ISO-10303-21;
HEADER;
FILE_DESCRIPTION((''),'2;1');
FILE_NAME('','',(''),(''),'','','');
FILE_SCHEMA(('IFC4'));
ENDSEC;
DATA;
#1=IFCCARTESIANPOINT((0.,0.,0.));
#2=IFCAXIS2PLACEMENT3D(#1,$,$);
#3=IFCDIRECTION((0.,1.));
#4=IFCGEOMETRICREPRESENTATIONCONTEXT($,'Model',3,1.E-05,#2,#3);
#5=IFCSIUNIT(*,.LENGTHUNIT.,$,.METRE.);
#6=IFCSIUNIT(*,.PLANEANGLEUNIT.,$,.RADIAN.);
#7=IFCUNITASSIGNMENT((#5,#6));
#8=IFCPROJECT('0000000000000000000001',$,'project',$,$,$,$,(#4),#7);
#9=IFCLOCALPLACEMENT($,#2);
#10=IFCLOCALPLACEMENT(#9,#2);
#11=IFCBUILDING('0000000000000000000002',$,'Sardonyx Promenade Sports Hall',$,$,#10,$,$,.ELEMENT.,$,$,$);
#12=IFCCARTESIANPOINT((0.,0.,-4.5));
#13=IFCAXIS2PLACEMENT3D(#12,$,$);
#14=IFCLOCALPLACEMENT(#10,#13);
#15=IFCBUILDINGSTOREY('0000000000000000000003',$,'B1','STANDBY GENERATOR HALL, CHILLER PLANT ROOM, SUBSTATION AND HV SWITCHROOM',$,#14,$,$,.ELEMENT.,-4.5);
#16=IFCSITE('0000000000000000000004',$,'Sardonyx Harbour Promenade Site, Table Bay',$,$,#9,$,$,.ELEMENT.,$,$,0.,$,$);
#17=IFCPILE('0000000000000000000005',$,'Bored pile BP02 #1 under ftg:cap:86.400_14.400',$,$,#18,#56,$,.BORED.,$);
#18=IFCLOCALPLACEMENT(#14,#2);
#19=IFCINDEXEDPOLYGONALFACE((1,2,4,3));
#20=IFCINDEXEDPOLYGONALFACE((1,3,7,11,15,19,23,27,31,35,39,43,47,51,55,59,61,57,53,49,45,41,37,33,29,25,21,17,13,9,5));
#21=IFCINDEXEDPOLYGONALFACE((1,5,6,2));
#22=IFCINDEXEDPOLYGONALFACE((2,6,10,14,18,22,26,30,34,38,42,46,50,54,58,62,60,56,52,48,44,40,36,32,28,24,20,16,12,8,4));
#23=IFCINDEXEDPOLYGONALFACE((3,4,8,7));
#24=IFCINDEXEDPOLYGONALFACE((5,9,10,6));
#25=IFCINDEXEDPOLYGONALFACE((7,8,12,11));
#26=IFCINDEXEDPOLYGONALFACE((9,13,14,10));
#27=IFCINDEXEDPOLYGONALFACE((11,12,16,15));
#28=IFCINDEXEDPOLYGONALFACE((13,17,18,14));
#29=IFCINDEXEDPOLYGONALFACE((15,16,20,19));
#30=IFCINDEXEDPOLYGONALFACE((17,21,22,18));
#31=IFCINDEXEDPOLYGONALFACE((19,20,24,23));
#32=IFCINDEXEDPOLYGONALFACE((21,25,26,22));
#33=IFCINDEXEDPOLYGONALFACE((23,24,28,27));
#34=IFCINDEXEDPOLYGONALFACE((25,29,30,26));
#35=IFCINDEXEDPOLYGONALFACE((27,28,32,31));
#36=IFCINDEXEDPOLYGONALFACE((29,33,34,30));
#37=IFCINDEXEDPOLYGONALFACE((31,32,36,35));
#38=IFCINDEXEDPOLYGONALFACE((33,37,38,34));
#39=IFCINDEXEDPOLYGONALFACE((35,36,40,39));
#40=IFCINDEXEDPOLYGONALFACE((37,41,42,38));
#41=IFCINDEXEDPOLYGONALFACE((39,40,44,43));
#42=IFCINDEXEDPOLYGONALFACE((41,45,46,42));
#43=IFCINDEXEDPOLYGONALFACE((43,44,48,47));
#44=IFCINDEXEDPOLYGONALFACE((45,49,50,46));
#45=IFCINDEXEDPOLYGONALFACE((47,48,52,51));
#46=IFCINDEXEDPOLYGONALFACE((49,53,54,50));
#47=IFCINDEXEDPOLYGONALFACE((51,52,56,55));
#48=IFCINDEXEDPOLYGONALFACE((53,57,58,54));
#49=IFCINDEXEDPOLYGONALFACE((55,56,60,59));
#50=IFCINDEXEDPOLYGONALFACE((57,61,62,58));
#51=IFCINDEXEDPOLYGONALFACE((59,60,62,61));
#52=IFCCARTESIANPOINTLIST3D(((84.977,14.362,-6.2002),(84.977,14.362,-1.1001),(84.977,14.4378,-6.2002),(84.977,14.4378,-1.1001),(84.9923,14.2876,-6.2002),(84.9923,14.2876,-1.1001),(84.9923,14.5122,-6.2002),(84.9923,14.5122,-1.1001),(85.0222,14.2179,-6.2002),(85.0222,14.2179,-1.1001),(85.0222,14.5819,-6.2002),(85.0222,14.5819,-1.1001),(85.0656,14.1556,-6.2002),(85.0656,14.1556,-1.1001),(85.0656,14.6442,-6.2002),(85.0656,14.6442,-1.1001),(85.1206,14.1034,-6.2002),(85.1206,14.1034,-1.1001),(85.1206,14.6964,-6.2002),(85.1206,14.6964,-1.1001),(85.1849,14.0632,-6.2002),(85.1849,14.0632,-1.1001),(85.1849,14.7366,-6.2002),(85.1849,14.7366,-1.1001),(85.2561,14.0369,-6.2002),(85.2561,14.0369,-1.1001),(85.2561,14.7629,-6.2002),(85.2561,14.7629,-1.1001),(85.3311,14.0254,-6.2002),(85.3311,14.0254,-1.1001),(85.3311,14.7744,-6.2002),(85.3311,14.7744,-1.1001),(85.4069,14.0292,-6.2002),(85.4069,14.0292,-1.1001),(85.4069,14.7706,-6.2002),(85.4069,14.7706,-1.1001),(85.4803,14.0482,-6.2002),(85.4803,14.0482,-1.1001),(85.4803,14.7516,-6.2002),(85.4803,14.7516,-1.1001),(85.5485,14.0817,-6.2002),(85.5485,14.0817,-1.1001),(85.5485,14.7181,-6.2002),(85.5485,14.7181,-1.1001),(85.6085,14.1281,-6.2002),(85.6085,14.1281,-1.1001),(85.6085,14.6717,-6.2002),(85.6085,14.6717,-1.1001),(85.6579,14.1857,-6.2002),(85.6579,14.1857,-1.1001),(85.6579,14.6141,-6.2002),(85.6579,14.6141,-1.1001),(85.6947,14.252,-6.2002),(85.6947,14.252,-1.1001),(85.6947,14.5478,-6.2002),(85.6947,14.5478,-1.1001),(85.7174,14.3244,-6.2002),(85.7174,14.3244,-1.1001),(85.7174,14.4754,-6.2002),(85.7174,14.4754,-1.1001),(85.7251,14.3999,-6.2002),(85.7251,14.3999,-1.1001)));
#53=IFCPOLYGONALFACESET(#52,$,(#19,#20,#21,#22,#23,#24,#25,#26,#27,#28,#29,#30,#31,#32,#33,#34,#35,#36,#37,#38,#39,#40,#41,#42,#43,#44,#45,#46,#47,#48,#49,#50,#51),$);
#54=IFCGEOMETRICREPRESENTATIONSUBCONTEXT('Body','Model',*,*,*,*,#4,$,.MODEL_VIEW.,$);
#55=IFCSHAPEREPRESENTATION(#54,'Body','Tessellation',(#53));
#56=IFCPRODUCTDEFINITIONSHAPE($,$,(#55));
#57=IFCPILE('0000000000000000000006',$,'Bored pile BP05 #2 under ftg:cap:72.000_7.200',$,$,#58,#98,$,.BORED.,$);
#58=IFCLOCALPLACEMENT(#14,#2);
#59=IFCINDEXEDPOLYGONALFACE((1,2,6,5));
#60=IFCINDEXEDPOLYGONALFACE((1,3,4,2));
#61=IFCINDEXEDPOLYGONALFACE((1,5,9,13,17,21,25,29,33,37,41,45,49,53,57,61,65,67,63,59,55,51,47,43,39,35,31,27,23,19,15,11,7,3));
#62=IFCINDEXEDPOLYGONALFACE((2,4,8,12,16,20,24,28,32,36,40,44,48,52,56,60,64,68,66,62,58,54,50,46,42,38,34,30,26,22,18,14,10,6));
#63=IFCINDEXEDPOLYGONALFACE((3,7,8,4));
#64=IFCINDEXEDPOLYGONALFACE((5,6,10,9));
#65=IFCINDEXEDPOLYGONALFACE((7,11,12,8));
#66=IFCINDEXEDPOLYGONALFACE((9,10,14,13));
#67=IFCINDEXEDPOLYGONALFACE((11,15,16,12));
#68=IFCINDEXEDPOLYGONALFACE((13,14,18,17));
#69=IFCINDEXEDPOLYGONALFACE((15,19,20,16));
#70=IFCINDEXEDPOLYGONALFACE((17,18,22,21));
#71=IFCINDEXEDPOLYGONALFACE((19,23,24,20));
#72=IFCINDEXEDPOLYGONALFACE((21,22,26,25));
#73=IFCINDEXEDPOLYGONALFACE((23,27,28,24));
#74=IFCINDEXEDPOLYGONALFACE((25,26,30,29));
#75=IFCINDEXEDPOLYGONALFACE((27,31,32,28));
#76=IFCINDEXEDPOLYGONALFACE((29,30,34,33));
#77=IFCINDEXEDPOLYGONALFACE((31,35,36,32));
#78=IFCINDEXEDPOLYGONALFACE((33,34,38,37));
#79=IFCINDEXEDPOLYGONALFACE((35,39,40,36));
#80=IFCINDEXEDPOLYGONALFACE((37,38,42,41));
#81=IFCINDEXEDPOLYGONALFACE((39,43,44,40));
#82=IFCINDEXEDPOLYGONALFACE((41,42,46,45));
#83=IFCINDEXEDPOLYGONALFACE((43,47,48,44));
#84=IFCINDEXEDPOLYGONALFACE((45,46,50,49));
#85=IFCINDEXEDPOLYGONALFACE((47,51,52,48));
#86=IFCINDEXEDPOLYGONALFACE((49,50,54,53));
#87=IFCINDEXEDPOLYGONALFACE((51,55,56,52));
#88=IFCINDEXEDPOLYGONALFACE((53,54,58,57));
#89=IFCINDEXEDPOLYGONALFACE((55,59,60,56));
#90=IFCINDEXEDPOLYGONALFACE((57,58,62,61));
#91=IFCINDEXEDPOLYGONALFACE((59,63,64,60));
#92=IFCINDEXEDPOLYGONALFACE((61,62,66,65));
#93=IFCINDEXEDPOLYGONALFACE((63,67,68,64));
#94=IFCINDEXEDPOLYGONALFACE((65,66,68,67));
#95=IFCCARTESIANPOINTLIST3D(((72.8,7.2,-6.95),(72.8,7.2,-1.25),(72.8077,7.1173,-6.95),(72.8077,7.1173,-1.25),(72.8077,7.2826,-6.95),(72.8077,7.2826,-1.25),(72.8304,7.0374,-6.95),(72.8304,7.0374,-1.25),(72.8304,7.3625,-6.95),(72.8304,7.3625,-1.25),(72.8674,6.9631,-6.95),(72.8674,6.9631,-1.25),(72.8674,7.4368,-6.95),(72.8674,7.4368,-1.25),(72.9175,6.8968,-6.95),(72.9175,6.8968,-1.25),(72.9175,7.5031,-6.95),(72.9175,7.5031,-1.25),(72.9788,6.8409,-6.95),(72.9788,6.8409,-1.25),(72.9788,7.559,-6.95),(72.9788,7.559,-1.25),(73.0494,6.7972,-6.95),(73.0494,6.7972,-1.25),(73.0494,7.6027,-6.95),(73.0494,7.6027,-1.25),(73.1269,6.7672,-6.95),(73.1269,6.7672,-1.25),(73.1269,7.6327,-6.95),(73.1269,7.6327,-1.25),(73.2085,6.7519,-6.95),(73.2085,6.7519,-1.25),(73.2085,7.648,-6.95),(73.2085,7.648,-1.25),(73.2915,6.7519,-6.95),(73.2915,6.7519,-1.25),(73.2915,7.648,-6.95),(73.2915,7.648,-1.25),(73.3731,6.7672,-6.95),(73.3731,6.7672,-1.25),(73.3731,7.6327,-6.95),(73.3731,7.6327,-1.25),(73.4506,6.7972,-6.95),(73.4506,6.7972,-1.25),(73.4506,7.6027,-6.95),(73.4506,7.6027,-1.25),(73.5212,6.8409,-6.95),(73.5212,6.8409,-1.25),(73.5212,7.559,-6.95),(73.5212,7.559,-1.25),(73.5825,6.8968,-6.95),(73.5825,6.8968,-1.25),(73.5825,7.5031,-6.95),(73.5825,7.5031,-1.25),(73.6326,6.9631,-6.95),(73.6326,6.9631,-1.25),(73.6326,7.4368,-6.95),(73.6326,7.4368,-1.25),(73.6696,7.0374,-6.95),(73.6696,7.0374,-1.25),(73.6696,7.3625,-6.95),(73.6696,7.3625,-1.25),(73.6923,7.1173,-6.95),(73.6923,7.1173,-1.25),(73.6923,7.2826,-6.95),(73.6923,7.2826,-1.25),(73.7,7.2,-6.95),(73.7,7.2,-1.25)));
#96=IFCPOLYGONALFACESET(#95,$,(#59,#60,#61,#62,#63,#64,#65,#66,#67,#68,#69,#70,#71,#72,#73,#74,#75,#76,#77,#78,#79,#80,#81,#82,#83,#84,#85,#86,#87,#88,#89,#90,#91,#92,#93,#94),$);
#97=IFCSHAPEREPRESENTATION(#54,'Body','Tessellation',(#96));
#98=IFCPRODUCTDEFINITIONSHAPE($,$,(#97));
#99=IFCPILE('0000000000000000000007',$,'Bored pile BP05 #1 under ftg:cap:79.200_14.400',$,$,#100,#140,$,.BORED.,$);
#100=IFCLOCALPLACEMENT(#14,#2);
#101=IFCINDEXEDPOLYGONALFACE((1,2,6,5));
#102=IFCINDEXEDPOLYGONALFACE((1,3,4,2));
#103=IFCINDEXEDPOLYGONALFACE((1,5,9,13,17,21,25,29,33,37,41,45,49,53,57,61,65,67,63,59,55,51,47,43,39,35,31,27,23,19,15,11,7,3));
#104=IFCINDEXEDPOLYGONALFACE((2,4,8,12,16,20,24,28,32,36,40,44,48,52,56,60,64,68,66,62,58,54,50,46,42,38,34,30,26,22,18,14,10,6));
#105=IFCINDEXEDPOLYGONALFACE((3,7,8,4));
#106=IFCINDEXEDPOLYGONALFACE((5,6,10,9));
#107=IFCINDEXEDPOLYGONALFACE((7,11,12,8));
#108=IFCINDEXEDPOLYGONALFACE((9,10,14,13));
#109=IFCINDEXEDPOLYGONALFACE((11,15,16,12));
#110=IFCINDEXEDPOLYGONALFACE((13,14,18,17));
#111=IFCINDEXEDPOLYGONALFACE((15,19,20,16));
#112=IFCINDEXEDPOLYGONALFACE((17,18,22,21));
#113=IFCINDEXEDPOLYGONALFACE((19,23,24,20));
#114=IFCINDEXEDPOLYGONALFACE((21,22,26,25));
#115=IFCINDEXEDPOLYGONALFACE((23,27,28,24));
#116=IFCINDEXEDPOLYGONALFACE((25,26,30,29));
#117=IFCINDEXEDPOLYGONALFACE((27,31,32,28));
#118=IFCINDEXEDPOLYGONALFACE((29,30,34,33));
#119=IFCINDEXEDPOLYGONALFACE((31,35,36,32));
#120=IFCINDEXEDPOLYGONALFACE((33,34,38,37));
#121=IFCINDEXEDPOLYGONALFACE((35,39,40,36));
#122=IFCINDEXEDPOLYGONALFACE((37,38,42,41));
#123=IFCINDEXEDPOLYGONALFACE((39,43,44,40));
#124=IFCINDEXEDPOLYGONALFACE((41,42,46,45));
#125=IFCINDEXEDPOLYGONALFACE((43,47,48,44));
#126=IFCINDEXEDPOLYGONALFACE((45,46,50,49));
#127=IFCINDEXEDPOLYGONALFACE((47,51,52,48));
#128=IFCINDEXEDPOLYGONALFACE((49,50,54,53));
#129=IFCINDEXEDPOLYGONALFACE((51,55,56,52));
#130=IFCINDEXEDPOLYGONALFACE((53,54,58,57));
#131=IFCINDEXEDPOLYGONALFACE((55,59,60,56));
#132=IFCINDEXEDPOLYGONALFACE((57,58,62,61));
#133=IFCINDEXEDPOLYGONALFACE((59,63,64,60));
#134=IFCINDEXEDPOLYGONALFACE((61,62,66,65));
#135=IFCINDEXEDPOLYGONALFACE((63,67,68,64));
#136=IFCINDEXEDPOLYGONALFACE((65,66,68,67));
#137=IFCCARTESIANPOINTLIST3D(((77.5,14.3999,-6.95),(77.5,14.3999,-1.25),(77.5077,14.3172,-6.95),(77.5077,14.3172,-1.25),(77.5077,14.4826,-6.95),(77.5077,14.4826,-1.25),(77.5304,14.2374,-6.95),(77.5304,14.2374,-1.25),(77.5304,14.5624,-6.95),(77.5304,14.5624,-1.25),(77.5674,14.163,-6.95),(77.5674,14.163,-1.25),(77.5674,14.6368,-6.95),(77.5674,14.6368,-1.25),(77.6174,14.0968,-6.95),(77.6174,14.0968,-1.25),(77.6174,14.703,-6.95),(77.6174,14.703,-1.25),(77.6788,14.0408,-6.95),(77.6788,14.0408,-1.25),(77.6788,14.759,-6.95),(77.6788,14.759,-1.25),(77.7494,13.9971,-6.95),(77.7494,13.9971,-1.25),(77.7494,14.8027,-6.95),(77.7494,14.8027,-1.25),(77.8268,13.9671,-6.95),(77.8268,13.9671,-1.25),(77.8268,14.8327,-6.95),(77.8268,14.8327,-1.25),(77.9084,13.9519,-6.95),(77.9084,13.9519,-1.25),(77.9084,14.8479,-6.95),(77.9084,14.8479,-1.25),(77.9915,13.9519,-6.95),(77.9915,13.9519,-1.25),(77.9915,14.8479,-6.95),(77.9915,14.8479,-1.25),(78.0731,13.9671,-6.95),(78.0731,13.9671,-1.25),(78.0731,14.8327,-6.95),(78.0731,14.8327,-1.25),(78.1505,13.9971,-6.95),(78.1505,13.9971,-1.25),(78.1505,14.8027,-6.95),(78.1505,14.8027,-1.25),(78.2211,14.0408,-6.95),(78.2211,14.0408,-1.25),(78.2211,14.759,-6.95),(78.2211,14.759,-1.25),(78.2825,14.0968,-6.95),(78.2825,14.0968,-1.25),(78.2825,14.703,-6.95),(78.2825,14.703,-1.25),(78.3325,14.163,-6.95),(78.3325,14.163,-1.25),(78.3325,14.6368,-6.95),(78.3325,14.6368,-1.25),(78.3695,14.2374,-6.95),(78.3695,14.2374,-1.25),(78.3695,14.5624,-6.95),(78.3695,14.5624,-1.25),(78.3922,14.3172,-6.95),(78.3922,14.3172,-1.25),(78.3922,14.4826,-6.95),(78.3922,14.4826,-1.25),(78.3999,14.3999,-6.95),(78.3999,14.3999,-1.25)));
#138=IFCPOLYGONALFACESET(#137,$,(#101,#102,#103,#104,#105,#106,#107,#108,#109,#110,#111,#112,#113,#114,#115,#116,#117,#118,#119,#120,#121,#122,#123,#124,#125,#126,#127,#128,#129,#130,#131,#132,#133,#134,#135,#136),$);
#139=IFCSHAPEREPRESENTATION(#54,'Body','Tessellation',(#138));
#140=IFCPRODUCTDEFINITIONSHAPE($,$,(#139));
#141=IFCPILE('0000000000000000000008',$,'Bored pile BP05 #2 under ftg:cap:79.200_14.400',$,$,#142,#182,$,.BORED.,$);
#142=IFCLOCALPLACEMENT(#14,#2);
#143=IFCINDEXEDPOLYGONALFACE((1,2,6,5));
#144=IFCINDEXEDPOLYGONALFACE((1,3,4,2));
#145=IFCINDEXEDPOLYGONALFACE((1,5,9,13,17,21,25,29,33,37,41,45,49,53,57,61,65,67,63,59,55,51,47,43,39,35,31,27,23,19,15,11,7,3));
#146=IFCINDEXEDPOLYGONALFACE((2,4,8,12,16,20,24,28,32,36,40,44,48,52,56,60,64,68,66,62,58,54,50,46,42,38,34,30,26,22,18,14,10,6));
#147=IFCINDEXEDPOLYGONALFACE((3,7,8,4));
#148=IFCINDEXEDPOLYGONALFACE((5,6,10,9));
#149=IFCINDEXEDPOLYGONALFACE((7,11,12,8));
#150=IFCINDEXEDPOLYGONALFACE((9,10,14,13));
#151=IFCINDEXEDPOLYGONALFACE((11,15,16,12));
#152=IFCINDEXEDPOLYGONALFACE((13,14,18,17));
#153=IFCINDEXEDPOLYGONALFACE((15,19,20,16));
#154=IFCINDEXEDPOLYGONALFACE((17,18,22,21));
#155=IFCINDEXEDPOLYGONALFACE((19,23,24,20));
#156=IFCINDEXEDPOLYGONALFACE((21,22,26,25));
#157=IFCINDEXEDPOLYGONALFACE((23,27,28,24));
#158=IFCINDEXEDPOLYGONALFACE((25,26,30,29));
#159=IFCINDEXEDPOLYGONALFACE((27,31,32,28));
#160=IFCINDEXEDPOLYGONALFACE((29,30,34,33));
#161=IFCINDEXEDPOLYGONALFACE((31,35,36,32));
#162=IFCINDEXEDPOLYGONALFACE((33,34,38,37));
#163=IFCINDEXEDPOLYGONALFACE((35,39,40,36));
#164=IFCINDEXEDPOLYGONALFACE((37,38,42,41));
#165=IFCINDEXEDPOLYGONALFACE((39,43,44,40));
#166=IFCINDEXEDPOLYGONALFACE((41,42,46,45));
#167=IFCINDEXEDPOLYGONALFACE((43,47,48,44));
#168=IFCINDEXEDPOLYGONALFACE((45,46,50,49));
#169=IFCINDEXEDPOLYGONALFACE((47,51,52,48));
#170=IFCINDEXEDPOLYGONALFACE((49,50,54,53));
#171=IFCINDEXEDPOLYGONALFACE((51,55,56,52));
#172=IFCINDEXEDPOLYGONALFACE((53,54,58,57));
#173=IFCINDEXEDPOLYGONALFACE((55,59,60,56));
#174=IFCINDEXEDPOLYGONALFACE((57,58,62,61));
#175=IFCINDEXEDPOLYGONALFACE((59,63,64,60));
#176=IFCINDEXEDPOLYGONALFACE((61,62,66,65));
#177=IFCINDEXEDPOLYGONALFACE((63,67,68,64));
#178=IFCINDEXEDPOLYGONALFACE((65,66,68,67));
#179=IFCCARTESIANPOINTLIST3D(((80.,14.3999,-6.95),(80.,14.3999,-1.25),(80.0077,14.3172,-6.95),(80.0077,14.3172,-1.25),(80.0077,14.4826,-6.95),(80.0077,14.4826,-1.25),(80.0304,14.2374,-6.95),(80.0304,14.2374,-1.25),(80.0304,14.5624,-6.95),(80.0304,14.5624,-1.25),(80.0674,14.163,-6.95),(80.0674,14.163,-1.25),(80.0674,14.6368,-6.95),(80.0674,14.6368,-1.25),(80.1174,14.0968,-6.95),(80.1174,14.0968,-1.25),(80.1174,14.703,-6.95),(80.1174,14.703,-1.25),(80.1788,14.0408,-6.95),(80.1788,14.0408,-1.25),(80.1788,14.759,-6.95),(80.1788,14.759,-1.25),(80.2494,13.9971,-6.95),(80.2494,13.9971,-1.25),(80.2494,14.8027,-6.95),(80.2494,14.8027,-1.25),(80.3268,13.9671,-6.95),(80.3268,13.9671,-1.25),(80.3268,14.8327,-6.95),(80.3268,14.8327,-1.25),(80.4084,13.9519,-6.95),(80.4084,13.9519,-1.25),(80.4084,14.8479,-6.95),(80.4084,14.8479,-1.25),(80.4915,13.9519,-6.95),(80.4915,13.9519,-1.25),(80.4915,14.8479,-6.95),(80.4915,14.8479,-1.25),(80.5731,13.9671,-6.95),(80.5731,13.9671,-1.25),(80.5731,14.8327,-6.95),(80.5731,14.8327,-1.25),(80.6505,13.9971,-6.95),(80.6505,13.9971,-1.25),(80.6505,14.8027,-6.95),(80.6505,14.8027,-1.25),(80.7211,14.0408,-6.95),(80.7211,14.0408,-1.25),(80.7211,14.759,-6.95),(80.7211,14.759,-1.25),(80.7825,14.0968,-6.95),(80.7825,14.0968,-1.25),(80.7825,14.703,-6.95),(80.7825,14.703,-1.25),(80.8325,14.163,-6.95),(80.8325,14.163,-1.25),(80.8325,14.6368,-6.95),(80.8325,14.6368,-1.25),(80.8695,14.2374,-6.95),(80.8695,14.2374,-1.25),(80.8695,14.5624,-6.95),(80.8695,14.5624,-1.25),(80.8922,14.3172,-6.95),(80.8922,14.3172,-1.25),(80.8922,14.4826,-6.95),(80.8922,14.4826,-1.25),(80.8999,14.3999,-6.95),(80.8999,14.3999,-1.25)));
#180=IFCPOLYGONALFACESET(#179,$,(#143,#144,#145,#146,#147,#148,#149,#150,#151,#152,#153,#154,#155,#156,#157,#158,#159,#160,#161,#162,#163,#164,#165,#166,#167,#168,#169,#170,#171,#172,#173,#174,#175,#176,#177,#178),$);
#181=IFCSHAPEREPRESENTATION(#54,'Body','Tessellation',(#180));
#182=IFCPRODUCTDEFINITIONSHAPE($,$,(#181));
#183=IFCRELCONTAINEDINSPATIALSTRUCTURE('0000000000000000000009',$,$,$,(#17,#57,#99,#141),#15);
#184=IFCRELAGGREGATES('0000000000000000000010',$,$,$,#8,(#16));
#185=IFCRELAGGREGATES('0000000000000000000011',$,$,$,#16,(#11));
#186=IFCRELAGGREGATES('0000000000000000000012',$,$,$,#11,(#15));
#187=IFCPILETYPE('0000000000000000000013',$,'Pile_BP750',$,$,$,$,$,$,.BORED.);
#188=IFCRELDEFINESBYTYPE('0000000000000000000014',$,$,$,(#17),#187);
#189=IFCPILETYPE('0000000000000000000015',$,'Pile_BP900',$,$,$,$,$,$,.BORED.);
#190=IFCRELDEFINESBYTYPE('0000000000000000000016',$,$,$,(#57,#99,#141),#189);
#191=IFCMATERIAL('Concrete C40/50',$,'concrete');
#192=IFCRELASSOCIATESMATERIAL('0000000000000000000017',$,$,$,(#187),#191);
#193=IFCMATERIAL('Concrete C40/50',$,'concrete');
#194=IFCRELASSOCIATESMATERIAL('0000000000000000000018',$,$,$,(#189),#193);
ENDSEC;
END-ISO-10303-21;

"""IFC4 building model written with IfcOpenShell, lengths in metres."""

from ifc_helpers import new_model, si_unit, direction, frame, origin, origin_2d, place, context, subcontext, project, spatial, circle, extrude, material, material_profile, profile_set, type_object, element, save


model = new_model("IFC4")

# Units and contexts
model_context = context("Model", 3, precision=1e-05, world=origin(), true_north=direction((0.0, 1.0)))
body_context = subcontext(model_context, "Body", "Model", "MODEL_VIEW")
ifc_project = project(units=[si_unit("LENGTHUNIT", "METRE"), si_unit("PLANEANGLEUNIT", "RADIAN")], contexts=[model_context])

# Site, building, storey
site_placement = place(None, origin())
site = spatial("IfcSite", under=ifc_project, at=site_placement, Name="Sardonyx Harbour Promenade Site, Table Bay", CompositionType="ELEMENT", RefElevation=0.0)
building_placement = place(site_placement, origin())
building = spatial("IfcBuilding", under=site, at=building_placement, Name="Sardonyx Promenade Sports Hall", CompositionType="ELEMENT")
storey_placement = place(building_placement, frame((0.0, 0.0, -4.5)))
storey = spatial("IfcBuildingStorey", under=building, at=storey_placement, Name="B1", Description="STANDBY GENERATOR HALL, CHILLER PLANT ROOM, SUBSTATION AND HV SWITCHROOM", CompositionType="ELEMENT", Elevation=-4.5)

# Piles
ifc_material_1 = material(Name="Concrete C40/50", Category="concrete")
ifc_material_profile_1 = material_profile(ifc_material_1, circle(Radius=0.375, at=origin_2d()))
ifc_profile_set_1 = profile_set([ifc_material_profile_1], Name="Concrete C40/50")
pile_type_1 = type_object("IfcPileType", Name="Pile_BP750", PredefinedType="BORED", material=ifc_profile_set_1)
for number, where, z_axis, x_axis, name in (
    (1, (85.3501, 14.3999, -1.1001), (0.0, 0.0, -1.0), (1.0, 0.0, 0.0), "Bored pile BP02 #1 under ftg:cap:86.400_14.400"),
):
    element("IfcPile", number, at=place(storey_placement, frame(where, z_axis=z_axis, x_axis=x_axis)), inside=storey, type_object=pile_type_1, Name=name, PredefinedType="BORED", context=body_context, shape_type="SweptSolid", body=[
        extrude(circle(Radius=0.375, at=origin_2d()), origin(), (0.0, 0.0, 1.0), 5.1001),
    ])
ifc_material_2 = material(Name="Concrete C40/50", Category="concrete")
ifc_material_profile_2 = material_profile(ifc_material_2, circle(Radius=0.45, at=origin_2d()))
ifc_profile_set_2 = profile_set([ifc_material_profile_2], Name="Concrete C40/50")
pile_type_2 = type_object("IfcPileType", Name="Pile_BP900", PredefinedType="BORED", material=ifc_profile_set_2)
for number, where, z_axis, x_axis, name in (
    (2, (73.25, 7.2, -1.25), (0.0, 0.0, -1.0), (1.0, 0.0, 0.0), "Bored pile BP05 #2 under ftg:cap:72.000_7.200"),
    (3, (77.95, 14.3999, -1.25), (0.0, 0.0, -1.0), (1.0, 0.0, 0.0), "Bored pile BP05 #1 under ftg:cap:79.200_14.400"),
    (4, (80.45, 14.3999, -1.25), (0.0, 0.0, -1.0), (1.0, 0.0, 0.0), "Bored pile BP05 #2 under ftg:cap:79.200_14.400"),
):
    element("IfcPile", number, at=place(storey_placement, frame(where, z_axis=z_axis, x_axis=x_axis)), inside=storey, type_object=pile_type_2, Name=name, PredefinedType="BORED", context=body_context, shape_type="SweptSolid", body=[
        extrude(circle(Radius=0.45, at=origin_2d()), origin(), (0.0, 0.0, 1.0), 5.7),
    ])

save(model, "model.ifc")
